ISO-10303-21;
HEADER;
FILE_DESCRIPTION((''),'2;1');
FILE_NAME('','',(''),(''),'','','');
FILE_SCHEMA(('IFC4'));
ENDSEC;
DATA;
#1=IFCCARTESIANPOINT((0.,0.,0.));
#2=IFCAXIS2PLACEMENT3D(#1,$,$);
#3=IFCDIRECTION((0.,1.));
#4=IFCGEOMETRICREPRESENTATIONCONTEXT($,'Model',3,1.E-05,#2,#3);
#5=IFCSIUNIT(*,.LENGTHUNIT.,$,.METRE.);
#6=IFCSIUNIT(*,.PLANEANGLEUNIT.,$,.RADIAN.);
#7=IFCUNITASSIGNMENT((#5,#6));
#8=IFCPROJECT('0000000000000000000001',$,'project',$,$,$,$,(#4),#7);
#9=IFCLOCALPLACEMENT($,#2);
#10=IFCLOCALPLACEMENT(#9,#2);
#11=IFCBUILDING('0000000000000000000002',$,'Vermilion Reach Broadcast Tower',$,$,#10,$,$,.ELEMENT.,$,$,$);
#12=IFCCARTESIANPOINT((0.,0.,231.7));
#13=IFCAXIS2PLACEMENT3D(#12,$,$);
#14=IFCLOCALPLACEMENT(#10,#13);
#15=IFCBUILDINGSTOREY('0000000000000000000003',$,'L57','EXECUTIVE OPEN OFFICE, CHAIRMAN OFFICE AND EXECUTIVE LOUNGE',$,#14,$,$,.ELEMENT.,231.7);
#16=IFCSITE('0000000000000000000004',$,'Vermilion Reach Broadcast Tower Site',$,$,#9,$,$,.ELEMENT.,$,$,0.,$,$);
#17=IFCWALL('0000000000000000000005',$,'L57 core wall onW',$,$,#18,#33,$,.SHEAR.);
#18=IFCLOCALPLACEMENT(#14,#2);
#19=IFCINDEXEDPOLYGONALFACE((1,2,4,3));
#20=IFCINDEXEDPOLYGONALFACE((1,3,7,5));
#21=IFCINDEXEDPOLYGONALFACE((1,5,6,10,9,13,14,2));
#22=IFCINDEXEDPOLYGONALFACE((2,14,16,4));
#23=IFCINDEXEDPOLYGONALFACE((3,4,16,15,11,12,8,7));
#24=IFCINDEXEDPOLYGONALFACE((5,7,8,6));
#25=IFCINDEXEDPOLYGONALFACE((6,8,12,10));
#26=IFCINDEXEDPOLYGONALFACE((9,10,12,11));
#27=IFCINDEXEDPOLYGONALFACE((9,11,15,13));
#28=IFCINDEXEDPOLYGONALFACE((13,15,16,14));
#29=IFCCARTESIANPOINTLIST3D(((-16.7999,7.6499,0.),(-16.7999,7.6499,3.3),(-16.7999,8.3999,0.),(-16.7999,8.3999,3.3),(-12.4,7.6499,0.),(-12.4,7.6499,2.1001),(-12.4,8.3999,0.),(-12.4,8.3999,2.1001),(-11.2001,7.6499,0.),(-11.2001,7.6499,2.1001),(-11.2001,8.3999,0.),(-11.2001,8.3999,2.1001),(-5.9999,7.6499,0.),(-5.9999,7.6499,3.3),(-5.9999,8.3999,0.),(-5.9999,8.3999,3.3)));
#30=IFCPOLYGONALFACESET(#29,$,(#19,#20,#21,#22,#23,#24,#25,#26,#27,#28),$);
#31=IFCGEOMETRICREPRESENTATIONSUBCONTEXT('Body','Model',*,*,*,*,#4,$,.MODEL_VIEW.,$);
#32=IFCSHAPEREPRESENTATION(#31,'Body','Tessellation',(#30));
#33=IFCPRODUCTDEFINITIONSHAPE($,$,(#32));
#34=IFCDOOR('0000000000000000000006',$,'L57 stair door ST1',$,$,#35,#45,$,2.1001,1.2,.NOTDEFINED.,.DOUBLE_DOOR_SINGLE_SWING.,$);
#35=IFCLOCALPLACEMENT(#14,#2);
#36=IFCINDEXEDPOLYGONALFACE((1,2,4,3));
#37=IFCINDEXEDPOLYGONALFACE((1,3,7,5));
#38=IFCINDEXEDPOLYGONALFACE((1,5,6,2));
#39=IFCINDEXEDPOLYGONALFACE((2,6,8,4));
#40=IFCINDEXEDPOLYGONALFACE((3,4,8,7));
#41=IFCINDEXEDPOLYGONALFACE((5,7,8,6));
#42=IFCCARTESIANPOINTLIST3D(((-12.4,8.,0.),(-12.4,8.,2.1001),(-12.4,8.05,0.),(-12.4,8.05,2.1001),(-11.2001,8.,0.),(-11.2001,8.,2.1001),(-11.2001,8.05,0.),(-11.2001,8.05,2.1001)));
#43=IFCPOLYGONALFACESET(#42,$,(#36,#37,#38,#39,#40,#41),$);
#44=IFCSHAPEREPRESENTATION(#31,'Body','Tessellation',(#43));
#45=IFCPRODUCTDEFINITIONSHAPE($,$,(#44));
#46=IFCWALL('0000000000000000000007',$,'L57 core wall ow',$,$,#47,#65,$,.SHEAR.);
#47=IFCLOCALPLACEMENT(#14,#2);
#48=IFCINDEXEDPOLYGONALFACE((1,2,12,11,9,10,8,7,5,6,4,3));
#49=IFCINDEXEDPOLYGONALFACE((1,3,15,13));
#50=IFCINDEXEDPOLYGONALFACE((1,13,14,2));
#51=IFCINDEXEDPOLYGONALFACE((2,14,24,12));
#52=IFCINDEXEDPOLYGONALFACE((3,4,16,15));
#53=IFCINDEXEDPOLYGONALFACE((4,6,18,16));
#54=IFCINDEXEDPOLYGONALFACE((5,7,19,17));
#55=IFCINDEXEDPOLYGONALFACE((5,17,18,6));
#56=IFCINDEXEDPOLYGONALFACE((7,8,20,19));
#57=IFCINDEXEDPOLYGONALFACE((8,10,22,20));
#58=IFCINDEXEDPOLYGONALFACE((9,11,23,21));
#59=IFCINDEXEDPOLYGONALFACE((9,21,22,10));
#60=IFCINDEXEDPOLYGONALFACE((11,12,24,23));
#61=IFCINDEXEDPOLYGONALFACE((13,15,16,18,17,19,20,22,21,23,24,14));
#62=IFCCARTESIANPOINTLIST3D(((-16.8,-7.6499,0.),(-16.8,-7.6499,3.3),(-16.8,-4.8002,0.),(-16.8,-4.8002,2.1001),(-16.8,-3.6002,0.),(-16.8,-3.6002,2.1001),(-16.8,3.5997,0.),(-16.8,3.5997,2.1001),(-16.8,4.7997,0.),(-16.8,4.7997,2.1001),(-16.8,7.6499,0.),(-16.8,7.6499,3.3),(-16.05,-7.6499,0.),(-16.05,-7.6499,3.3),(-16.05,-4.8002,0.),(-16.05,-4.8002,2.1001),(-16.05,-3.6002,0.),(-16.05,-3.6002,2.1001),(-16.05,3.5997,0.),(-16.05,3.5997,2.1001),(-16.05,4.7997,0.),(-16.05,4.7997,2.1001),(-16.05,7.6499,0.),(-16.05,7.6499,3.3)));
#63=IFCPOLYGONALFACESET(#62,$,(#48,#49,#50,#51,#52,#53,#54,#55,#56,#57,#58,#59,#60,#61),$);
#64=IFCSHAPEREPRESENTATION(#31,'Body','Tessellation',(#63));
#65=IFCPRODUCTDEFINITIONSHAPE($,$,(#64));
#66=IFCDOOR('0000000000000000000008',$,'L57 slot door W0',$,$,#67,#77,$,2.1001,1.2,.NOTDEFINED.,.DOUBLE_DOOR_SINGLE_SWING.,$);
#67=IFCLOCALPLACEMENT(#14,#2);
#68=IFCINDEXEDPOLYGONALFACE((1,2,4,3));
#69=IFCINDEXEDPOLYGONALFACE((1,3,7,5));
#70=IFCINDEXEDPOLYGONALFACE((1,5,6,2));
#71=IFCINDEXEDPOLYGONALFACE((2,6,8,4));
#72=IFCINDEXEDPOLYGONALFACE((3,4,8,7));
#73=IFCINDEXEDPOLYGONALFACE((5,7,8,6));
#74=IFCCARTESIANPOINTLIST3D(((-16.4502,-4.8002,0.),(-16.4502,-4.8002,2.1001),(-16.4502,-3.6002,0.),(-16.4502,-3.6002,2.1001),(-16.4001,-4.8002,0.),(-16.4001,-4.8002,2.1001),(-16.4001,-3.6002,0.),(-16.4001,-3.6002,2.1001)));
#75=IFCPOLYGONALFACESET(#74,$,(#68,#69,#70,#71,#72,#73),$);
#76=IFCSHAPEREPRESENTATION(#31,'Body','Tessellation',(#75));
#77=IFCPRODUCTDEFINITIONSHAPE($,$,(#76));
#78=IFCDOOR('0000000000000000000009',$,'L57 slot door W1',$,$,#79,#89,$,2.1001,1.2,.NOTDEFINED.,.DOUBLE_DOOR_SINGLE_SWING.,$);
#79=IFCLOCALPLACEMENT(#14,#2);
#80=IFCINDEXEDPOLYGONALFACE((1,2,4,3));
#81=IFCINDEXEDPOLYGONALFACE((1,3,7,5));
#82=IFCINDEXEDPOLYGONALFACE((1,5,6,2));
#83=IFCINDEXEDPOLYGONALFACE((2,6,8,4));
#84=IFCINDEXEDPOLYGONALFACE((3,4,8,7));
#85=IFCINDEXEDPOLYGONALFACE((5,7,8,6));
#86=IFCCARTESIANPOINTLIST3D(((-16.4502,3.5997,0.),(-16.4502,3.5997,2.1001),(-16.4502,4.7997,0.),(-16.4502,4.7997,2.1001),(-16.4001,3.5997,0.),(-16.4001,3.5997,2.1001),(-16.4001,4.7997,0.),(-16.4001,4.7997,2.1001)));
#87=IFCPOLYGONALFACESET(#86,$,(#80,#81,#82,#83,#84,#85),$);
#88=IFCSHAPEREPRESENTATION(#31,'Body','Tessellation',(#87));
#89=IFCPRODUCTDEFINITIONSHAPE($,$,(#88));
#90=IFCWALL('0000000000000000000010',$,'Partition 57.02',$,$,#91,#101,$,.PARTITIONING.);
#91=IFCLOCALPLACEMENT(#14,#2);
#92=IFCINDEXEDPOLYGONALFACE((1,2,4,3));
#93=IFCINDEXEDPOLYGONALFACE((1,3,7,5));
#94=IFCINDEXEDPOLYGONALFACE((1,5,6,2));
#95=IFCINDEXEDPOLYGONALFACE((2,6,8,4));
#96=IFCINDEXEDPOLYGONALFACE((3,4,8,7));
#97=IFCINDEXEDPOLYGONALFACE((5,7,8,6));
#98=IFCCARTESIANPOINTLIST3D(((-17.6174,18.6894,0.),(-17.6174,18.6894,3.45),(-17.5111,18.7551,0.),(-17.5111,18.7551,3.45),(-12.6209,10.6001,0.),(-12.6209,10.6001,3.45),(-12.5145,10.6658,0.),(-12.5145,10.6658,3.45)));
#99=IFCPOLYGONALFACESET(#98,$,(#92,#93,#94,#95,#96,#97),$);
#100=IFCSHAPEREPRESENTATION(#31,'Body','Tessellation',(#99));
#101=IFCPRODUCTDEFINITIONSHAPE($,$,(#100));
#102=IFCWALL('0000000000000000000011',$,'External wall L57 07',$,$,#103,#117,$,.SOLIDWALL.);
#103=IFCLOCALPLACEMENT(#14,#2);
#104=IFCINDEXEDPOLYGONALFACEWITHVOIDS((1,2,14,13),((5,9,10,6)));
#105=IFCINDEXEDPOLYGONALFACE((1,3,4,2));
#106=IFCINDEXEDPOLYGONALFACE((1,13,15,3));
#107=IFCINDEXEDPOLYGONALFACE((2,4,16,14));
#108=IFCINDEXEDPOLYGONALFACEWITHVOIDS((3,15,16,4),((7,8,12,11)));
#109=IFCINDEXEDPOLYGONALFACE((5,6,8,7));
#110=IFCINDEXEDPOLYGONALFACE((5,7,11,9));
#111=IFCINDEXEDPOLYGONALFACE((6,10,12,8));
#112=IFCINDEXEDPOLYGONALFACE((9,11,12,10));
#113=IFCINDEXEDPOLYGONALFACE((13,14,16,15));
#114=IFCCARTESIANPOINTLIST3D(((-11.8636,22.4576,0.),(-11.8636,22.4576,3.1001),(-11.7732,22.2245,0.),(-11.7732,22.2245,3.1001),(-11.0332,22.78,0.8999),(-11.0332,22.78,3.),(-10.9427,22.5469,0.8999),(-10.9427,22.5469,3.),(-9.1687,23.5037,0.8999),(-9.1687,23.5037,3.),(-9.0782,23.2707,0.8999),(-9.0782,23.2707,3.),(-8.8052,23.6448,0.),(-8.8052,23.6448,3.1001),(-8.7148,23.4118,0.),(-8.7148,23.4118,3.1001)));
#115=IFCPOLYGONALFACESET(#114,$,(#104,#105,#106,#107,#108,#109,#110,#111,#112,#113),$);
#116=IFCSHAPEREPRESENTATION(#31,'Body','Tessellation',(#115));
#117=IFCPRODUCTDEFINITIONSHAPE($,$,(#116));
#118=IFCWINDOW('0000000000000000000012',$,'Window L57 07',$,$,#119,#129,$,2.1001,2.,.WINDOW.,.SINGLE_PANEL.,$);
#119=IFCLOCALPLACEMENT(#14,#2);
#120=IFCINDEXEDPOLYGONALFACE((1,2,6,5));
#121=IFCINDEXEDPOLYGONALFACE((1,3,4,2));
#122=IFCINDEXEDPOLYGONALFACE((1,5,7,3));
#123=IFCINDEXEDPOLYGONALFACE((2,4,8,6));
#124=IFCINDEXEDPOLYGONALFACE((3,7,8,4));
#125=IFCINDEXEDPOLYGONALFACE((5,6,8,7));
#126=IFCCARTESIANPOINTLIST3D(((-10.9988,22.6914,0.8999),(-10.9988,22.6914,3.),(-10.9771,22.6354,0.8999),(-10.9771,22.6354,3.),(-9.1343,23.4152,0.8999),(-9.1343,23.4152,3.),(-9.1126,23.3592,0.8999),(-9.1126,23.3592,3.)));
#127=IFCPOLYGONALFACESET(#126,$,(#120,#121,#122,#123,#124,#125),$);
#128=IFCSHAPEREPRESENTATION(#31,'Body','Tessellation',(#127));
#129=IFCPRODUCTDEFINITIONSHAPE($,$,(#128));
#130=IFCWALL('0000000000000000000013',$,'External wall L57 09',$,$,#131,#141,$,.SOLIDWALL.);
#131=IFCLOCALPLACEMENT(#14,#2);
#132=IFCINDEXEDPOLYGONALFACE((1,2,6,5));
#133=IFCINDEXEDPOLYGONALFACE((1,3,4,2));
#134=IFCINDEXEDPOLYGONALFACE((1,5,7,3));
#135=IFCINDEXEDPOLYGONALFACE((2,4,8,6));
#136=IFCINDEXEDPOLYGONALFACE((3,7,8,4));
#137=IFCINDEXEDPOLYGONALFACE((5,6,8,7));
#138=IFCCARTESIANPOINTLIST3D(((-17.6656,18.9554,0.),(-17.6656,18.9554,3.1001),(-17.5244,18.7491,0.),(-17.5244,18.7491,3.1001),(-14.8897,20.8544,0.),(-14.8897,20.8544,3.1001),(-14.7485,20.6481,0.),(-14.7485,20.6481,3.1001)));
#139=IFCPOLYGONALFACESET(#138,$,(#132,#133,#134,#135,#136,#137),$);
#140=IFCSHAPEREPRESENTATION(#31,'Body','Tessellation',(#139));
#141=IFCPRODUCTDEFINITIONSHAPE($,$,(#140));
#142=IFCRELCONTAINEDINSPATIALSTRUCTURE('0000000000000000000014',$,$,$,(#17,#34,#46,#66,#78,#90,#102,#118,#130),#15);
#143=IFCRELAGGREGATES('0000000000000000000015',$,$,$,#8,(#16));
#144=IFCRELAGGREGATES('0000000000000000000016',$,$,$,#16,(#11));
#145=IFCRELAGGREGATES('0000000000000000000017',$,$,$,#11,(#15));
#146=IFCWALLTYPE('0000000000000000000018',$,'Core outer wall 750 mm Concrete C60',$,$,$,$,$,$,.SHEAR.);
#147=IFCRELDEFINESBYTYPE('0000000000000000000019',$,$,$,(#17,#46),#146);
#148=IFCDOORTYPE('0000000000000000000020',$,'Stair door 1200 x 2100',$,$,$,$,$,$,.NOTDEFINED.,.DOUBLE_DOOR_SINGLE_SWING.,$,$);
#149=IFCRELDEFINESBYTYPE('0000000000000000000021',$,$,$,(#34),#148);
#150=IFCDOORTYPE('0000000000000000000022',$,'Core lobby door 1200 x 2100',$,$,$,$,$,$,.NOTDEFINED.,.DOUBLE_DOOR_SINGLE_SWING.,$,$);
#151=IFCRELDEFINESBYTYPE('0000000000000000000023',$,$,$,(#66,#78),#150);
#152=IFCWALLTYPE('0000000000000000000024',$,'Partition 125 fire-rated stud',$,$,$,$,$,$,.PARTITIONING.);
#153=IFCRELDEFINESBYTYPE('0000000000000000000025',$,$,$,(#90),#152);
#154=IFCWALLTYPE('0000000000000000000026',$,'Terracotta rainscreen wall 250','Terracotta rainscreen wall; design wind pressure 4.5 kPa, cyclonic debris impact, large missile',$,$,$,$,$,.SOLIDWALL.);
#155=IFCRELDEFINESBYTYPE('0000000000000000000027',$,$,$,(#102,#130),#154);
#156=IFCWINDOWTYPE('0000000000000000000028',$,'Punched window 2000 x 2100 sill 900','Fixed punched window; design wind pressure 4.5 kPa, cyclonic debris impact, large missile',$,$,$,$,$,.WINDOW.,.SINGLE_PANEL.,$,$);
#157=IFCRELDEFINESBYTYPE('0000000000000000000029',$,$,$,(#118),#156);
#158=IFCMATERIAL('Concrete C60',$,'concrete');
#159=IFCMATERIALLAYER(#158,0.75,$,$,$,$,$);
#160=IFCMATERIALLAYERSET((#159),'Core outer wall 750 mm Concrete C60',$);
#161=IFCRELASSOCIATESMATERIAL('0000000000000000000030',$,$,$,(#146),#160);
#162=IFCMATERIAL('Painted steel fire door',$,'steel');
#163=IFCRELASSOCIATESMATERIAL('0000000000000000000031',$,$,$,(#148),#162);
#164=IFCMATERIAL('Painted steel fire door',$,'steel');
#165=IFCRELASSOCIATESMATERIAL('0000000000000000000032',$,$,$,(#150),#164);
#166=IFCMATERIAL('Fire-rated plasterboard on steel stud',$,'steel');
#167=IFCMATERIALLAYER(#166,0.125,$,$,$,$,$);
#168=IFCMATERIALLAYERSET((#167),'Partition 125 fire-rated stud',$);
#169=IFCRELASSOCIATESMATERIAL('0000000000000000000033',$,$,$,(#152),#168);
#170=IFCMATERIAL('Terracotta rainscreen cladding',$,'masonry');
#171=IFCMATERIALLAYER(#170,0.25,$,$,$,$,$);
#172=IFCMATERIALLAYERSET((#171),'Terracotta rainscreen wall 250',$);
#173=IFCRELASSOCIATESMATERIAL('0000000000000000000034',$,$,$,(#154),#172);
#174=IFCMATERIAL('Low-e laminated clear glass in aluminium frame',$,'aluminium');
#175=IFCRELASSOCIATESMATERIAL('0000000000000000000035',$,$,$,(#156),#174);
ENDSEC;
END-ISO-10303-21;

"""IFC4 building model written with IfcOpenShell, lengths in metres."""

from ifc_helpers import new_model, si_unit, direction, frame, frame_2d, origin, place, context, subcontext, project, spatial, rectangle, extrude, material, layer, layer_set, type_object, element, fill, save


model = new_model("IFC4")

# Units and contexts
model_context = context("Model", 3, precision=1e-05, world=origin(), true_north=direction((0.0, 1.0)))
body_context = subcontext(model_context, "Body", "Model", "MODEL_VIEW")
ifc_project = project(units=[si_unit("LENGTHUNIT", "METRE"), si_unit("PLANEANGLEUNIT", "RADIAN")], contexts=[model_context])

# Site, building, storey
site_placement = place(None, origin())
site = spatial("IfcSite", under=ifc_project, at=site_placement, Name="Vermilion Reach Broadcast Tower Site", CompositionType="ELEMENT", RefElevation=0.0)
building_placement = place(site_placement, origin())
building = spatial("IfcBuilding", under=site, at=building_placement, Name="Vermilion Reach Broadcast Tower", CompositionType="ELEMENT")
storey_placement = place(building_placement, frame((0.0, 0.0, 231.7)))
storey = spatial("IfcBuildingStorey", under=building, at=storey_placement, Name="L57", Description="EXECUTIVE OPEN OFFICE, CHAIRMAN OFFICE AND EXECUTIVE LOUNGE", CompositionType="ELEMENT", Elevation=231.7)

# Wall, opening, door
ifc_material_1 = material(Name="Concrete C60", Category="concrete")
ifc_layer_1 = layer(ifc_material_1, 0.75)
ifc_layer_set_1 = layer_set([ifc_layer_1], Name="Core outer wall 750 mm Concrete C60")
wall_type_1 = type_object("IfcWallType", Name="Core outer wall 750 mm Concrete C60", PredefinedType="SHEAR", material=ifc_layer_set_1)
wall_1_placement = place(storey_placement, frame((-6.0, 8.0249, 0.0), z_axis=(0.0, 0.0, 1.0), x_axis=(-1.0, 0.0, 0.0)))
wall_1 = element("IfcWall", 1, at=wall_1_placement, inside=storey, type_object=wall_type_1, Name="L57 core wall onW", PredefinedType="SHEAR", context=body_context, shape_type="SweptSolid", body=[
    extrude(rectangle(XDim=10.8, YDim=0.75, at=frame_2d((5.3999, 0.0))), origin(), (0.0, 0.0, 1.0), 3.3),
])
opening_1_placement = place(wall_1_placement, frame((5.2, 0.0, 0.0)))
opening_1 = element("IfcOpeningElement", 2, at=opening_1_placement, cuts=wall_1, PredefinedType="OPENING", context=body_context, shape_type="SweptSolid", body=[
    extrude(rectangle(XDim=1.2, YDim=2.1001, at=frame_2d((0.6001, 1.05))), frame((0.0, 0.385, 0.0), z_axis=(0.0, -1.0, 0.0), x_axis=(1.0, 0.0, 0.0)), (0.0, 0.0, 1.0), 0.77),
])
ifc_material_2 = material(Name="Painted steel fire door", Category="steel")
door_type_1 = type_object("IfcDoorType", Name="Stair door 1200 x 2100", OperationType="DOUBLE_DOOR_SINGLE_SWING", PredefinedType="NOTDEFINED", material=ifc_material_2)
door_1_placement = place(opening_1_placement, origin())
door_1 = element("IfcDoor", 3, at=door_1_placement, inside=storey, type_object=door_type_1, Name="L57 stair door ST1", OperationType="DOUBLE_DOOR_SINGLE_SWING", OverallHeight=2.1001, OverallWidth=1.2, PredefinedType="NOTDEFINED", context=body_context, shape_type="SweptSolid", body=[
    extrude(rectangle(XDim=1.2, YDim=2.1001, at=frame_2d((0.6001, 1.05))), frame((0.0, 0.0249, 0.0), z_axis=(0.0, -1.0, 0.0), x_axis=(1.0, 0.0, 0.0)), (0.0, 0.0, 1.0), 0.05),
])
fill(opening_1, door_1)

# Wall, openings, doors
wall_2_placement = place(storey_placement, frame((-16.425, 7.6499, 0.0), z_axis=(0.0, 0.0, 1.0), x_axis=(0.0, -1.0, 0.0)))
wall_2 = element("IfcWall", 4, at=wall_2_placement, inside=storey, type_object=wall_type_1, Name="L57 core wall ow", PredefinedType="SHEAR", context=body_context, shape_type="SweptSolid", body=[
    extrude(rectangle(XDim=15.2998, YDim=0.75, at=frame_2d((7.6499, 0.0))), origin(), (0.0, 0.0, 1.0), 3.3),
])
opening_2_placement = place(wall_2_placement, frame((11.25, 0.0, 0.0)))
opening_2 = element("IfcOpeningElement", 5, at=opening_2_placement, cuts=wall_2, PredefinedType="OPENING", context=body_context, shape_type="SweptSolid", body=[
    extrude(rectangle(XDim=1.2, YDim=2.1001, at=frame_2d((0.6001, 1.05))), frame((0.0, 0.385, 0.0), z_axis=(0.0, -1.0, 0.0), x_axis=(1.0, 0.0, 0.0)), (0.0, 0.0, 1.0), 0.77),
])
opening_3_placement = place(wall_2_placement, frame((2.8501, 0.0, 0.0)))
opening_3 = element("IfcOpeningElement", 6, at=opening_3_placement, cuts=wall_2, PredefinedType="OPENING", context=body_context, shape_type="SweptSolid", body=[
    extrude(rectangle(XDim=1.2, YDim=2.1001, at=frame_2d((0.6001, 1.05))), frame((0.0, 0.385, 0.0), z_axis=(0.0, -1.0, 0.0), x_axis=(1.0, 0.0, 0.0)), (0.0, 0.0, 1.0), 0.77),
])
ifc_material_3 = material(Name="Painted steel fire door", Category="steel")
door_type_2 = type_object("IfcDoorType", Name="Core lobby door 1200 x 2100", OperationType="DOUBLE_DOOR_SINGLE_SWING", PredefinedType="NOTDEFINED", material=ifc_material_3)
door_2_placement = place(opening_2_placement, origin())
door_2 = element("IfcDoor", 7, at=door_2_placement, inside=storey, type_object=door_type_2, Name="L57 slot door W0", OperationType="DOUBLE_DOOR_SINGLE_SWING", OverallHeight=2.1001, OverallWidth=1.2, PredefinedType="NOTDEFINED", context=body_context, shape_type="SweptSolid", body=[
    extrude(rectangle(XDim=1.2, YDim=2.1001, at=frame_2d((0.6001, 1.05))), frame((0.0, 0.0249, 0.0), z_axis=(0.0, -1.0, 0.0), x_axis=(1.0, 0.0, 0.0)), (0.0, 0.0, 1.0), 0.05),
])
fill(opening_2, door_2)
door_3_placement = place(opening_3_placement, origin())
door_3 = element("IfcDoor", 8, at=door_3_placement, inside=storey, type_object=door_type_2, Name="L57 slot door W1", OperationType="DOUBLE_DOOR_SINGLE_SWING", OverallHeight=2.1001, OverallWidth=1.2, PredefinedType="NOTDEFINED", context=body_context, shape_type="SweptSolid", body=[
    extrude(rectangle(XDim=1.2, YDim=2.1001, at=frame_2d((0.6001, 1.05))), frame((0.0, 0.0249, 0.0), z_axis=(0.0, -1.0, 0.0), x_axis=(1.0, 0.0, 0.0)), (0.0, 0.0, 1.0), 0.05),
])
fill(opening_3, door_3)

# Wall
ifc_material_4 = material(Name="Fire-rated plasterboard on steel stud", Category="steel")
ifc_layer_2 = layer(ifc_material_4, 0.125)
ifc_layer_set_2 = layer_set([ifc_layer_2], Name="Partition 125 fire-rated stud")
wall_type_2 = type_object("IfcWallType", Name="Partition 125 fire-rated stud", PredefinedType="PARTITIONING", material=ifc_layer_set_2)
wall_3_placement = place(storey_placement, frame((-17.5642, 18.7222, 0.0), z_axis=(0.0, 0.0, 1.0), x_axis=(0.525509, -0.850788, 0.0)))
element("IfcWall", 9, at=wall_3_placement, inside=storey, type_object=wall_type_2, Name="Partition 57.02", PredefinedType="PARTITIONING", context=body_context, shape_type="SweptSolid", body=[
    extrude(rectangle(XDim=9.5081, YDim=0.125, at=frame_2d((4.7539, 0.0))), origin(), (0.0, 0.0, 1.0), 3.45),
])

# Wall, opening, window
ifc_material_5 = material(Name="Terracotta rainscreen cladding", Category="masonry")
ifc_layer_3 = layer(ifc_material_5, 0.25)
ifc_layer_set_3 = layer_set([ifc_layer_3], Name="Terracotta rainscreen wall 250")
wall_type_3 = type_object("IfcWallType", Name="Terracotta rainscreen wall 250", Description="Terracotta rainscreen wall; design wind pressure 4.5 kPa, cyclonic debris impact, large missile", PredefinedType="SOLIDWALL", material=ifc_layer_set_3)
wall_4_placement = place(storey_placement, frame((-8.76, 23.5283, 0.0), z_axis=(0.0, 0.0, 1.0), x_axis=(-0.932221, -0.36189, 0.0)))
wall_4 = element("IfcWall", 10, at=wall_4_placement, inside=storey, type_object=wall_type_3, Name="External wall L57 07", PredefinedType="SOLIDWALL", context=body_context, shape_type="SweptSolid", body=[
    extrude(rectangle(XDim=3.2808, YDim=0.25, at=frame_2d((1.6404, 0.0))), origin(), (0.0, 0.0, 1.0), 3.1001),
])
opening_4_placement = place(wall_4_placement, frame((0.3899, 0.0, 0.8999)))
opening_4 = element("IfcOpeningElement", 11, at=opening_4_placement, cuts=wall_4, PredefinedType="OPENING", context=body_context, shape_type="SweptSolid", body=[
    extrude(rectangle(XDim=2.0, YDim=2.1001, at=frame_2d((1.0, 1.05))), frame((0.0, 0.135, 0.0), z_axis=(0.0, -1.0, 0.0), x_axis=(1.0, 0.0, 0.0)), (0.0, 0.0, 1.0), 0.27),
])
ifc_material_6 = material(Name="Low-e laminated clear glass in aluminium frame", Category="aluminium")
window_type = type_object("IfcWindowType", Name="Punched window 2000 x 2100 sill 900", Description="Fixed punched window; design wind pressure 4.5 kPa, cyclonic debris impact, large missile", PartitioningType="SINGLE_PANEL", PredefinedType="WINDOW", material=ifc_material_6)
window_placement = place(opening_4_placement, origin())
window = element("IfcWindow", 12, at=window_placement, inside=storey, type_object=window_type, Name="Window L57 07", OverallHeight=2.1001, OverallWidth=2.0, PartitioningType="SINGLE_PANEL", PredefinedType="WINDOW", context=body_context, shape_type="SweptSolid", body=[
    extrude(rectangle(XDim=2.0, YDim=2.1001, at=frame_2d((1.0, 1.05))), frame((0.0, 0.03, 0.0), z_axis=(0.0, -1.0, 0.0), x_axis=(1.0, 0.0, 0.0)), (0.0, 0.0, 1.0), 0.0601),
])
fill(opening_4, window)

# Wall
wall_5_placement = place(storey_placement, frame((-14.8191, 20.7512, 0.0), z_axis=(0.0, 0.0, 1.0), x_axis=(-0.825357, -0.564611, 0.0)))
element("IfcWall", 13, at=wall_5_placement, inside=storey, type_object=wall_type_3, Name="External wall L57 09", PredefinedType="SOLIDWALL", context=body_context, shape_type="SweptSolid", body=[
    extrude(rectangle(XDim=3.3633, YDim=0.25, at=frame_2d((1.6816, 0.0))), origin(), (0.0, 0.0, 1.0), 3.1001),
])

save(model, "model.ifc")
